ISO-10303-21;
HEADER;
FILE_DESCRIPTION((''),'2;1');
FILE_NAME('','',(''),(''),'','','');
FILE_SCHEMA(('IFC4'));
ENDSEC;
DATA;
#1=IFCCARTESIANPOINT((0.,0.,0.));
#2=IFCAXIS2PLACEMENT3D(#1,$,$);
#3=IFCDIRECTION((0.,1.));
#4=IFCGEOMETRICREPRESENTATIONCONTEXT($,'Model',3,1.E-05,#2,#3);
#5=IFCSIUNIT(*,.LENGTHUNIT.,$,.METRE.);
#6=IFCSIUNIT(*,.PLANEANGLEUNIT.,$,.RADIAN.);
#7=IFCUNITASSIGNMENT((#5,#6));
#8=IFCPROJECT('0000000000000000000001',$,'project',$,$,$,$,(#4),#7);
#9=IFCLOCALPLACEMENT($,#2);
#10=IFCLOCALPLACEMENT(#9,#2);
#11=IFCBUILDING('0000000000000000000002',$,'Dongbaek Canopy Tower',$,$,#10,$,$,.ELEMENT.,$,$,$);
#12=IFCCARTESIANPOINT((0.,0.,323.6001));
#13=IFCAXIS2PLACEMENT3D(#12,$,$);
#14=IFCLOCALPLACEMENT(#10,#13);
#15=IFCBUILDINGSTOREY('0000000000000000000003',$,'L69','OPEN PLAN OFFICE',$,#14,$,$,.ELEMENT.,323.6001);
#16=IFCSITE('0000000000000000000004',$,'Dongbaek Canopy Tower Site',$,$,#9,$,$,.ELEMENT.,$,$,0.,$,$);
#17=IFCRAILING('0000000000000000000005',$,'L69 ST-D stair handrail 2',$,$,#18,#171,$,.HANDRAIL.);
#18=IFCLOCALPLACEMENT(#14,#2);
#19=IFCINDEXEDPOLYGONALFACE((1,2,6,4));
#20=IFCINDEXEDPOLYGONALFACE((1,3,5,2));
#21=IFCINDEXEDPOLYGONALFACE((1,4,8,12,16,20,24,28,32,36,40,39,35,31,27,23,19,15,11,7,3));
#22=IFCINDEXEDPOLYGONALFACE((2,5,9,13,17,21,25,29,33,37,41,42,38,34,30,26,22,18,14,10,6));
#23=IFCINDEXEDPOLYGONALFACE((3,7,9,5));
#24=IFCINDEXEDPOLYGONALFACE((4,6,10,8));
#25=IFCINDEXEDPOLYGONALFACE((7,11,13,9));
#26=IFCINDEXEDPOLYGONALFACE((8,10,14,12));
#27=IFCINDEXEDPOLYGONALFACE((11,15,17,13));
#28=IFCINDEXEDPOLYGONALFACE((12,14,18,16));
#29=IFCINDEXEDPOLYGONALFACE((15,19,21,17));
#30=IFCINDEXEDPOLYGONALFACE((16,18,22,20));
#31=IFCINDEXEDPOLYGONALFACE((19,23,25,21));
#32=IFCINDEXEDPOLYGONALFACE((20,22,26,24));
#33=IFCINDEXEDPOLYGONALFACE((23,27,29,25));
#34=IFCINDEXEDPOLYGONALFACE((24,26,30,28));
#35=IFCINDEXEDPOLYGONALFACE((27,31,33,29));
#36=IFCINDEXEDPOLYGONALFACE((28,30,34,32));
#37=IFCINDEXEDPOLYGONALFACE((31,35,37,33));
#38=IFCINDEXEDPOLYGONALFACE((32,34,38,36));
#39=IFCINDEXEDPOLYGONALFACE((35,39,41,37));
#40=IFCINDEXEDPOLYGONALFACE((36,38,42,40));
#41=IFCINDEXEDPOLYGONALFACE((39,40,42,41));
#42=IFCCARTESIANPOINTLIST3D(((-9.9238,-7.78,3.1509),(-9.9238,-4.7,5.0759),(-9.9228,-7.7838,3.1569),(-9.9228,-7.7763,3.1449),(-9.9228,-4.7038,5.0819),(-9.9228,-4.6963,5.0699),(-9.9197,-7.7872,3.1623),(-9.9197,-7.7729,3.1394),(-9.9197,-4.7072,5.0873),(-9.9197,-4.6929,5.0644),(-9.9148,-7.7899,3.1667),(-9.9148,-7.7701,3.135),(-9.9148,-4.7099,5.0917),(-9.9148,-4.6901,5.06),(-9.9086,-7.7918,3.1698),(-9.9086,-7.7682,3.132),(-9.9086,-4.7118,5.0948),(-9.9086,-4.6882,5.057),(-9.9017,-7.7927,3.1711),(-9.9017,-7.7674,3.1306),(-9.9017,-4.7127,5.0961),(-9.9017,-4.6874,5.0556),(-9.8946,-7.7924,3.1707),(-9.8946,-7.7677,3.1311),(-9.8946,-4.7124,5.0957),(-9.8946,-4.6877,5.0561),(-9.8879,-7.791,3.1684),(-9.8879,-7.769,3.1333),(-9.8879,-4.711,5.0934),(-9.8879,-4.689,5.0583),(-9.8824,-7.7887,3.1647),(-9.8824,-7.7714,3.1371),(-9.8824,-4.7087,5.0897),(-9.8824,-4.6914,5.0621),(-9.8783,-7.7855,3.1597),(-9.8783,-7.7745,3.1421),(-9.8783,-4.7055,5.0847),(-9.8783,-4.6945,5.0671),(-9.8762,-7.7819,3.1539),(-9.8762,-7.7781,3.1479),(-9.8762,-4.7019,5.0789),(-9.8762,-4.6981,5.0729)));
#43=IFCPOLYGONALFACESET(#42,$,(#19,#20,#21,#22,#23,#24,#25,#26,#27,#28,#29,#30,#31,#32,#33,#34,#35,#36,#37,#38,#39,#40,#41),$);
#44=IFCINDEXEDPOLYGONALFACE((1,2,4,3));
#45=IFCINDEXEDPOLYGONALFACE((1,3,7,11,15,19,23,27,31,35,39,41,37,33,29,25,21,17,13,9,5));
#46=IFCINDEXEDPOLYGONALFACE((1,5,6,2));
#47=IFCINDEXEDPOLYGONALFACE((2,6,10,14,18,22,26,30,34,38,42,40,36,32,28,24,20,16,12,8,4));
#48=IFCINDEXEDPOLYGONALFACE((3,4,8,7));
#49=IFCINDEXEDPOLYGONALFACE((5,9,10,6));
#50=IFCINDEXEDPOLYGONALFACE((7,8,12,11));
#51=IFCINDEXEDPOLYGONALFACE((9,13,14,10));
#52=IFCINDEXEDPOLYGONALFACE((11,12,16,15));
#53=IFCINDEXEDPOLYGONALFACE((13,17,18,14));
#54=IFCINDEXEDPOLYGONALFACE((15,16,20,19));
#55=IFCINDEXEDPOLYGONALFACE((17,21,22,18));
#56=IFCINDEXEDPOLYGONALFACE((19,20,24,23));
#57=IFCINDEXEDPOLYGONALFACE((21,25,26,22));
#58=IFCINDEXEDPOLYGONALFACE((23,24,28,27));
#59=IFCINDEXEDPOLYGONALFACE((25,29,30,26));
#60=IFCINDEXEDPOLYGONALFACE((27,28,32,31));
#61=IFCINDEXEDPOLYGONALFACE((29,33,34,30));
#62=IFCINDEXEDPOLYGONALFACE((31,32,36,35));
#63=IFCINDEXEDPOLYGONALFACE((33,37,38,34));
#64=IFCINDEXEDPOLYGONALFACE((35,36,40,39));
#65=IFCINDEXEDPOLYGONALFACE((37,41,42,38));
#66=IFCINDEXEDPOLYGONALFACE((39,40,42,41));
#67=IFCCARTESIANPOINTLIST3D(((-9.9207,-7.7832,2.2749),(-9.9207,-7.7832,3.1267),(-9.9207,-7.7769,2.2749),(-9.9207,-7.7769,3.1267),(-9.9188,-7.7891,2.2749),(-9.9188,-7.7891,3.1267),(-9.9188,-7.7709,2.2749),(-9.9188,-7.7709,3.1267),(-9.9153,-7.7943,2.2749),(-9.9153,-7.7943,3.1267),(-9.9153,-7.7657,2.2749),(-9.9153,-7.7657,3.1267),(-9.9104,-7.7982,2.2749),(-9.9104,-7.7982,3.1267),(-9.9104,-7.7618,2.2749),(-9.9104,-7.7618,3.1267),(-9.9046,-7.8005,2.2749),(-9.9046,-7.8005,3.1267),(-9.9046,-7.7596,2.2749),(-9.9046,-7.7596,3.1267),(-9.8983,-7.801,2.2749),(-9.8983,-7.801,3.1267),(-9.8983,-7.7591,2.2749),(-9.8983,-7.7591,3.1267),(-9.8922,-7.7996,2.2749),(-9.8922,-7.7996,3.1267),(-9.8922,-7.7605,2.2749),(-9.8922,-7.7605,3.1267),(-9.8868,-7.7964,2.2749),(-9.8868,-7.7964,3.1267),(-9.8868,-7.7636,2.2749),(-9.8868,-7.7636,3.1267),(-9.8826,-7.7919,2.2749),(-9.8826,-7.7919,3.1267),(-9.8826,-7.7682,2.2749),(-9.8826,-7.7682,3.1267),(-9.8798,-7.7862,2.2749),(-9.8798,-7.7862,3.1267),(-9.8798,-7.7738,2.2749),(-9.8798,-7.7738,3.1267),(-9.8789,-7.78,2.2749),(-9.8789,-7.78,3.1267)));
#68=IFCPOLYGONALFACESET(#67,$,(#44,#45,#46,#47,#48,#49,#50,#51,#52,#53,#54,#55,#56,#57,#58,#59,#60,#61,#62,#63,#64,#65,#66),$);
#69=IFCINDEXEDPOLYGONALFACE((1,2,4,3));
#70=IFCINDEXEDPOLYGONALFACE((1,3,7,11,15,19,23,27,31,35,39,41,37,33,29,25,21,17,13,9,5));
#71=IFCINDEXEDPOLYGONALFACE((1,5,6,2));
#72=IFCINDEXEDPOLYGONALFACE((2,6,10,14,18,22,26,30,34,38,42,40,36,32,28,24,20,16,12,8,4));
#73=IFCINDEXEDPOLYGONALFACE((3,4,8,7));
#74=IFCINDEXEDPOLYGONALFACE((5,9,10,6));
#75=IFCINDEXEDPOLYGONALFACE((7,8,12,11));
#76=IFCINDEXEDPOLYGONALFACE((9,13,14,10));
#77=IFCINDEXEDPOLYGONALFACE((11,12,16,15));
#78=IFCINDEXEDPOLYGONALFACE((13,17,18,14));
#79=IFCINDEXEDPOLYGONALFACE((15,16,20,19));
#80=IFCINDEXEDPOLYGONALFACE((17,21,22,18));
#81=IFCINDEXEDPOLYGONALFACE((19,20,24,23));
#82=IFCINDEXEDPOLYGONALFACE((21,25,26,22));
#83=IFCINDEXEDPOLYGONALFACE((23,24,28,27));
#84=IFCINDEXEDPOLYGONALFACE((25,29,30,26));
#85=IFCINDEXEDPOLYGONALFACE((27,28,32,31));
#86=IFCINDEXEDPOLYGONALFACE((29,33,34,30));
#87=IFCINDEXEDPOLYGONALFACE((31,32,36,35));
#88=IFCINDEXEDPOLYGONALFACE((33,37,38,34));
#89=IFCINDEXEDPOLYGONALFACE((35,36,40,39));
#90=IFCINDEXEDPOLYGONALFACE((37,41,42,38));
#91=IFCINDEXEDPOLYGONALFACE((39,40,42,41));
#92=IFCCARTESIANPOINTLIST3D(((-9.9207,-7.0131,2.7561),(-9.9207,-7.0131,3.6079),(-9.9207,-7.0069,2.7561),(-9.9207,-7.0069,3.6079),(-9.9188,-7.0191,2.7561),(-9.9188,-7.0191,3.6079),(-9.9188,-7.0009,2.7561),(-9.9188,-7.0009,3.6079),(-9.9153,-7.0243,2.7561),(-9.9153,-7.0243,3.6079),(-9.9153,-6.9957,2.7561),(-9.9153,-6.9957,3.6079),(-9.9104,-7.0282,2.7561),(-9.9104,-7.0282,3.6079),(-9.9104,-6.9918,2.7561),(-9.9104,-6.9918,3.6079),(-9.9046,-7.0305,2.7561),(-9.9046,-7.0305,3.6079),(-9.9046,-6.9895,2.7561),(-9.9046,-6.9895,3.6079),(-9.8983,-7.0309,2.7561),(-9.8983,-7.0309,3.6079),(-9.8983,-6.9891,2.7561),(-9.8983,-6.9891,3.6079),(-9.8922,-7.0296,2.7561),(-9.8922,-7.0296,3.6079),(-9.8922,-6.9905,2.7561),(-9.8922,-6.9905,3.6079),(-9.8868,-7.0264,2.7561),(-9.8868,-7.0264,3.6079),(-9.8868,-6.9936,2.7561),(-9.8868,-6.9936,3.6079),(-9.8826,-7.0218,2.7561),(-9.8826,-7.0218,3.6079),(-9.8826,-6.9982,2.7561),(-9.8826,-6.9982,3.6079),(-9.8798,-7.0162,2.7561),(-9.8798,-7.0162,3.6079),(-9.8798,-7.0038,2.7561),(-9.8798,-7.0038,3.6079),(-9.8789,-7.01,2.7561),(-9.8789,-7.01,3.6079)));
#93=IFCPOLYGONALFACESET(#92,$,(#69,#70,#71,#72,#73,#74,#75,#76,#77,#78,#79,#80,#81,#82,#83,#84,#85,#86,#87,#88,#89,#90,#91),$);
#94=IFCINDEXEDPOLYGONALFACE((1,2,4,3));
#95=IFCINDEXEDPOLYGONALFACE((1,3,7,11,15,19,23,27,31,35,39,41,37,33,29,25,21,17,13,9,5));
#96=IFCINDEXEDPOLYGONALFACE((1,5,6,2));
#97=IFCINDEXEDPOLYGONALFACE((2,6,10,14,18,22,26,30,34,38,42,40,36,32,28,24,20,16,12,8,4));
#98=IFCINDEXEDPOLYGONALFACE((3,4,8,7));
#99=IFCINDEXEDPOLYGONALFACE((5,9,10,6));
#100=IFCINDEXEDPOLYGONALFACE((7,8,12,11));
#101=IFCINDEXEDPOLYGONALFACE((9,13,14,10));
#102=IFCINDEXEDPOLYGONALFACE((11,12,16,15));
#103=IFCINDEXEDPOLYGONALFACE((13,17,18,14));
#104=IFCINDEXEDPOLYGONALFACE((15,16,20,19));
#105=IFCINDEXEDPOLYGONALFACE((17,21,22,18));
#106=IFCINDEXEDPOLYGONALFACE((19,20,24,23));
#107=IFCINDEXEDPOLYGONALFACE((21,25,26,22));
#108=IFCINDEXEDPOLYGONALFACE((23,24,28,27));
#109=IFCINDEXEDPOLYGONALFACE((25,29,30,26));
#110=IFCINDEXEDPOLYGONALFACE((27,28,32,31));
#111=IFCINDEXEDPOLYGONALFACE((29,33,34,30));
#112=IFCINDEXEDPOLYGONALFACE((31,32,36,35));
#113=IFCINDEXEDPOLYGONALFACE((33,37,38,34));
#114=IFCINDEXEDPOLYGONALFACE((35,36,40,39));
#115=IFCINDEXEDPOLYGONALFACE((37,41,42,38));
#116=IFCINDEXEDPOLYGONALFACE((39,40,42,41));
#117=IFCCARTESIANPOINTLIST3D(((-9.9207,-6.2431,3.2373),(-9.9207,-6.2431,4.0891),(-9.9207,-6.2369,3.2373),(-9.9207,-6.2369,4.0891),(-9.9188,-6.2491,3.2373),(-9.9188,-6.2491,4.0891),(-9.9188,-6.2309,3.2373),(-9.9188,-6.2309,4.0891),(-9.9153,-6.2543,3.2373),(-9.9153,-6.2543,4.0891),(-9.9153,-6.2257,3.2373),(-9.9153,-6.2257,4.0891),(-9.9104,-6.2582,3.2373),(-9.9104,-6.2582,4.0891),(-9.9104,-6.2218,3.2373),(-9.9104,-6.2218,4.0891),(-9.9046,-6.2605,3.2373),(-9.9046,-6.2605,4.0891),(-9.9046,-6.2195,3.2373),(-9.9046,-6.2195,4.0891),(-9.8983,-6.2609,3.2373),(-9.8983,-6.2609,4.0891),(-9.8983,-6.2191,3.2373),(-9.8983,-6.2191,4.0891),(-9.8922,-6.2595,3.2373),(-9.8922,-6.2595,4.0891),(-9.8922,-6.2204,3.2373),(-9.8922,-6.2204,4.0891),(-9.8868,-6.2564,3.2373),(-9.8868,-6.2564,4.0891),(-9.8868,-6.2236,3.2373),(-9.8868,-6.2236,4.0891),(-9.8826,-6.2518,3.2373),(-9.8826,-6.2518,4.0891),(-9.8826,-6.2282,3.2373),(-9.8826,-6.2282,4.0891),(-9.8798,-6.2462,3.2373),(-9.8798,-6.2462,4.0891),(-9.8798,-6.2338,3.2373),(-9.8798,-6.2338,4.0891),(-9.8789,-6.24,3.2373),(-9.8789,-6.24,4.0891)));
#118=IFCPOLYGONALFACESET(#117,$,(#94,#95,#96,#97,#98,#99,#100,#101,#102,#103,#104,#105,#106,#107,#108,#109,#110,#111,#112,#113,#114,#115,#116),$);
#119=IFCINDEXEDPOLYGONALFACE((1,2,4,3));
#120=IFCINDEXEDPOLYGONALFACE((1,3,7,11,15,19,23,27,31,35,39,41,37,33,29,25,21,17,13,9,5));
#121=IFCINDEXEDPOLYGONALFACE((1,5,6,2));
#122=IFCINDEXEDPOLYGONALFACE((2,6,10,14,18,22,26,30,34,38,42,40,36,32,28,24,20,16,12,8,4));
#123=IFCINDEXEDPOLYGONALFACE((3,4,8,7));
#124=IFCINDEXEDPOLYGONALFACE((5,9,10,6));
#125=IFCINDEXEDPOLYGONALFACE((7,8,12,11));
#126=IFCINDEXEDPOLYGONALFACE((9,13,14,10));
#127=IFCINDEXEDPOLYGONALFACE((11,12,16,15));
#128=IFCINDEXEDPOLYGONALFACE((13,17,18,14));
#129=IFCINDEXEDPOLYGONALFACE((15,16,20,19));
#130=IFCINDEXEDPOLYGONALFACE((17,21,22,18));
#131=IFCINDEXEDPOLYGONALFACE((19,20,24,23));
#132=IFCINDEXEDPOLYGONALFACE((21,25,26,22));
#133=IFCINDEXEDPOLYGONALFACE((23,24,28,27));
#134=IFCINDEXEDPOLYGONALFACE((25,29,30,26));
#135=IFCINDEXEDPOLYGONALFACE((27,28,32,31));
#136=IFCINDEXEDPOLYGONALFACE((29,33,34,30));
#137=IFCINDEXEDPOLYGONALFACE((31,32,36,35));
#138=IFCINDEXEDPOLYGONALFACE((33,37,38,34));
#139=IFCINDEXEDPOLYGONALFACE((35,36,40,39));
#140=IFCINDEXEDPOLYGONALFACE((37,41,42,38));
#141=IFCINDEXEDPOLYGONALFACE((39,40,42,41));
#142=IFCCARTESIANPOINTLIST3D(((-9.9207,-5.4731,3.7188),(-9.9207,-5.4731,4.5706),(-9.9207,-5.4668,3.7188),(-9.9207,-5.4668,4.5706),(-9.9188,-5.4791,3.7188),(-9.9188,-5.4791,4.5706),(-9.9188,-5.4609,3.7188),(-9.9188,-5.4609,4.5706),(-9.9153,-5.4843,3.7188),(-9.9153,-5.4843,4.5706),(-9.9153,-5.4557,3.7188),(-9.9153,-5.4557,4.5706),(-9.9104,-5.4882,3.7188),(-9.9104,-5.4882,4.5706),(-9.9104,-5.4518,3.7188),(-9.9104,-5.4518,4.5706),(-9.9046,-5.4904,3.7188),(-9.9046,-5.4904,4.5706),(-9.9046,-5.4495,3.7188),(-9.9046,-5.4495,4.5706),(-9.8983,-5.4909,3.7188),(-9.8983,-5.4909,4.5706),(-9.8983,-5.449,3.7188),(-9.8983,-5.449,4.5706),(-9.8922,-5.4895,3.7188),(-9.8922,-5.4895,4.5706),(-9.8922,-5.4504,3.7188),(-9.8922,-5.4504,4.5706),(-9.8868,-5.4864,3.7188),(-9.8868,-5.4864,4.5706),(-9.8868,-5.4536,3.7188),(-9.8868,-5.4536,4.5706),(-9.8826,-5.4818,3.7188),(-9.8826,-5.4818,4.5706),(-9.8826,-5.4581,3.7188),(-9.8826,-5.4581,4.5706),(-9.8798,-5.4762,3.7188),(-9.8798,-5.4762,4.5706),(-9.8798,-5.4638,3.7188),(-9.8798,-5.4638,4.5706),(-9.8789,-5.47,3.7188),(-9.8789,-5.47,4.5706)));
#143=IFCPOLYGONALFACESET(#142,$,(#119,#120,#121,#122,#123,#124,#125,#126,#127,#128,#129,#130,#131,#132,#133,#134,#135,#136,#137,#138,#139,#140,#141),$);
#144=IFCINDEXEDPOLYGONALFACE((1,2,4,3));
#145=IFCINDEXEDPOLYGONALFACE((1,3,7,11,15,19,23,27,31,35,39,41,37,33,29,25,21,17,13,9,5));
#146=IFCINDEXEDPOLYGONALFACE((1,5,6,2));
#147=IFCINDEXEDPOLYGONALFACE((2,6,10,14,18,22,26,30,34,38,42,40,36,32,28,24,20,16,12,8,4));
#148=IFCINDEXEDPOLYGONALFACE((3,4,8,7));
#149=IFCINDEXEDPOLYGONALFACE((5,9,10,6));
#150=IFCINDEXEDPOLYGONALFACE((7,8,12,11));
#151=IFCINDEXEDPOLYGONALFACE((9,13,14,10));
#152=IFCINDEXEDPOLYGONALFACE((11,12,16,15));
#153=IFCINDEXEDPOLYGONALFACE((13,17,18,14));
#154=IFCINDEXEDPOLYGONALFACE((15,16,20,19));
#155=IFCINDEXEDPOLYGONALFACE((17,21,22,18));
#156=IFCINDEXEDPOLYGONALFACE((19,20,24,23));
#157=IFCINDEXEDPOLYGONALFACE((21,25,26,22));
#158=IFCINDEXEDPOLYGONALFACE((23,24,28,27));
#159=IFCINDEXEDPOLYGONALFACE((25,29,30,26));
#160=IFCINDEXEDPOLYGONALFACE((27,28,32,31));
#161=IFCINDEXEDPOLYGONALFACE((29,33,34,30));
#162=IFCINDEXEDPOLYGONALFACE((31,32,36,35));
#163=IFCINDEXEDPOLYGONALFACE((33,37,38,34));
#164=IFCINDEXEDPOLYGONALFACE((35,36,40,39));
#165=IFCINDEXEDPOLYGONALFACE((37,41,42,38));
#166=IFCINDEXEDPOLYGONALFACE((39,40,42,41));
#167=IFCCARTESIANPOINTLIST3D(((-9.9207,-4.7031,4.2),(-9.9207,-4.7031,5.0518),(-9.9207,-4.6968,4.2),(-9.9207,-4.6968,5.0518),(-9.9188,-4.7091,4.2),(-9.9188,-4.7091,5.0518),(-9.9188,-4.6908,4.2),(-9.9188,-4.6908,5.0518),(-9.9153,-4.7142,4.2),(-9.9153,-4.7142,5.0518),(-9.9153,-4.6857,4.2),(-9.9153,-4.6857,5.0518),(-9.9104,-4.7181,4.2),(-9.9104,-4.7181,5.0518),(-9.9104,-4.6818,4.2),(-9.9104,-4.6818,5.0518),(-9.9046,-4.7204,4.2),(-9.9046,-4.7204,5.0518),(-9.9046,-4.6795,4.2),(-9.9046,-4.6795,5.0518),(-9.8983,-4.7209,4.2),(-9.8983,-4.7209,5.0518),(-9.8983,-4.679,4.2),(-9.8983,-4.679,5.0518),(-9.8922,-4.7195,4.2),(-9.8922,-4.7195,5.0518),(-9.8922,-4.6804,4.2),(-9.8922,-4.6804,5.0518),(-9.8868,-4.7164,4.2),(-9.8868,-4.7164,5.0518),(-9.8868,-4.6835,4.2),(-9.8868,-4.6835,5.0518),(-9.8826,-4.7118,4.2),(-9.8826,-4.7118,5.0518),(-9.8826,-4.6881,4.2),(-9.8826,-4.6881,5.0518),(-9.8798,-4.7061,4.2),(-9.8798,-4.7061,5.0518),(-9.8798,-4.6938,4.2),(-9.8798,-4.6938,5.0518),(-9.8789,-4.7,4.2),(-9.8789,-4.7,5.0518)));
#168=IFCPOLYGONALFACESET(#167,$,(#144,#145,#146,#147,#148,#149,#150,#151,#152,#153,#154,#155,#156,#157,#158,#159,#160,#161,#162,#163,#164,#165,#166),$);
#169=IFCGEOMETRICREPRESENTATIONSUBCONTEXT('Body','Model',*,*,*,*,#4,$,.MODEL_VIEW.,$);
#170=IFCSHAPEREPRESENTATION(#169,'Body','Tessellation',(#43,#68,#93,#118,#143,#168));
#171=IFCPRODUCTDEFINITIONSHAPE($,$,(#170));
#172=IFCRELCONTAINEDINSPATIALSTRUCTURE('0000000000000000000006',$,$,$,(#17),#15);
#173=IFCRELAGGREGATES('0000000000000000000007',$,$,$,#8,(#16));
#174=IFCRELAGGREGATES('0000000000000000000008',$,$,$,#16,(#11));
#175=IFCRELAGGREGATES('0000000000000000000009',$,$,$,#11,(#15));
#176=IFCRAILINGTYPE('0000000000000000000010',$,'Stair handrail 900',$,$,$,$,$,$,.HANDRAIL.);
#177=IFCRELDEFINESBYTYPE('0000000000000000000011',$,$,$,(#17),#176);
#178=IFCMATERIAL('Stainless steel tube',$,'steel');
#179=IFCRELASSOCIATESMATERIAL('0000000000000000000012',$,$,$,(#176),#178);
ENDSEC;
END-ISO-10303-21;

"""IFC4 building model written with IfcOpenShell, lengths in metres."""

from ifc_helpers import new_model, si_unit, direction, frame, origin, origin_2d, place, context, subcontext, project, spatial, circle, extrude, material, type_object, element, save


model = new_model("IFC4")

# Units and contexts
model_context = context("Model", 3, precision=1e-05, world=origin(), true_north=direction((0.0, 1.0)))
body_context = subcontext(model_context, "Body", "Model", "MODEL_VIEW")
ifc_project = project(units=[si_unit("LENGTHUNIT", "METRE"), si_unit("PLANEANGLEUNIT", "RADIAN")], contexts=[model_context])

# Site, building, storey
site_placement = place(None, origin())
site = spatial("IfcSite", under=ifc_project, at=site_placement, Name="Dongbaek Canopy Tower Site", CompositionType="ELEMENT", RefElevation=0.0)
building_placement = place(site_placement, origin())
building = spatial("IfcBuilding", under=site, at=building_placement, Name="Dongbaek Canopy Tower", CompositionType="ELEMENT")
storey_placement = place(building_placement, frame((0.0, 0.0, 323.6001)))
storey = spatial("IfcBuildingStorey", under=building, at=storey_placement, Name="L69", Description="OPEN PLAN OFFICE", CompositionType="ELEMENT", Elevation=323.6001)

# Railing
ifc_material_1 = material(Name="Stainless steel tube", Category="steel")
railing_type_1 = type_object("IfcRailingType", Name="Stair handrail 900", PredefinedType="HANDRAIL", material=ifc_material_1)
railing_1_placement = place(storey_placement, frame((-9.8999, -7.78, 2.2749)))
element("IfcRailing", 1, at=railing_1_placement, inside=storey, type_object=railing_type_1, Name="L69 ST-D stair handrail 2", PredefinedType="HANDRAIL", context=body_context, shape_type="SweptSolid", body=[
    extrude(circle(Radius=0.0239, at=origin_2d()), frame((0.0, 0.0, 0.876), z_axis=(0.0, 0.847998, 0.529999), x_axis=(-1.0, 0.0, 0.0)), (0.0, 0.0, 1.0), 3.6321),
    extrude(circle(Radius=0.021, at=origin_2d()), origin(), (0.0, 0.0, 1.0), 0.8518),
    extrude(circle(Radius=0.021, at=origin_2d()), frame((0.0, 0.77, 0.4812)), (0.0, 0.0, 1.0), 0.8518),
    extrude(circle(Radius=0.021, at=origin_2d()), frame((0.0, 1.54, 0.9624)), (0.0, 0.0, 1.0), 0.8518),
    extrude(circle(Radius=0.021, at=origin_2d()), frame((0.0, 2.3101, 1.4438)), (0.0, 0.0, 1.0), 0.8518),
    extrude(circle(Radius=0.021, at=origin_2d()), frame((0.0, 3.0801, 1.925)), (0.0, 0.0, 1.0), 0.8518),
])

save(model, "model.ifc")
